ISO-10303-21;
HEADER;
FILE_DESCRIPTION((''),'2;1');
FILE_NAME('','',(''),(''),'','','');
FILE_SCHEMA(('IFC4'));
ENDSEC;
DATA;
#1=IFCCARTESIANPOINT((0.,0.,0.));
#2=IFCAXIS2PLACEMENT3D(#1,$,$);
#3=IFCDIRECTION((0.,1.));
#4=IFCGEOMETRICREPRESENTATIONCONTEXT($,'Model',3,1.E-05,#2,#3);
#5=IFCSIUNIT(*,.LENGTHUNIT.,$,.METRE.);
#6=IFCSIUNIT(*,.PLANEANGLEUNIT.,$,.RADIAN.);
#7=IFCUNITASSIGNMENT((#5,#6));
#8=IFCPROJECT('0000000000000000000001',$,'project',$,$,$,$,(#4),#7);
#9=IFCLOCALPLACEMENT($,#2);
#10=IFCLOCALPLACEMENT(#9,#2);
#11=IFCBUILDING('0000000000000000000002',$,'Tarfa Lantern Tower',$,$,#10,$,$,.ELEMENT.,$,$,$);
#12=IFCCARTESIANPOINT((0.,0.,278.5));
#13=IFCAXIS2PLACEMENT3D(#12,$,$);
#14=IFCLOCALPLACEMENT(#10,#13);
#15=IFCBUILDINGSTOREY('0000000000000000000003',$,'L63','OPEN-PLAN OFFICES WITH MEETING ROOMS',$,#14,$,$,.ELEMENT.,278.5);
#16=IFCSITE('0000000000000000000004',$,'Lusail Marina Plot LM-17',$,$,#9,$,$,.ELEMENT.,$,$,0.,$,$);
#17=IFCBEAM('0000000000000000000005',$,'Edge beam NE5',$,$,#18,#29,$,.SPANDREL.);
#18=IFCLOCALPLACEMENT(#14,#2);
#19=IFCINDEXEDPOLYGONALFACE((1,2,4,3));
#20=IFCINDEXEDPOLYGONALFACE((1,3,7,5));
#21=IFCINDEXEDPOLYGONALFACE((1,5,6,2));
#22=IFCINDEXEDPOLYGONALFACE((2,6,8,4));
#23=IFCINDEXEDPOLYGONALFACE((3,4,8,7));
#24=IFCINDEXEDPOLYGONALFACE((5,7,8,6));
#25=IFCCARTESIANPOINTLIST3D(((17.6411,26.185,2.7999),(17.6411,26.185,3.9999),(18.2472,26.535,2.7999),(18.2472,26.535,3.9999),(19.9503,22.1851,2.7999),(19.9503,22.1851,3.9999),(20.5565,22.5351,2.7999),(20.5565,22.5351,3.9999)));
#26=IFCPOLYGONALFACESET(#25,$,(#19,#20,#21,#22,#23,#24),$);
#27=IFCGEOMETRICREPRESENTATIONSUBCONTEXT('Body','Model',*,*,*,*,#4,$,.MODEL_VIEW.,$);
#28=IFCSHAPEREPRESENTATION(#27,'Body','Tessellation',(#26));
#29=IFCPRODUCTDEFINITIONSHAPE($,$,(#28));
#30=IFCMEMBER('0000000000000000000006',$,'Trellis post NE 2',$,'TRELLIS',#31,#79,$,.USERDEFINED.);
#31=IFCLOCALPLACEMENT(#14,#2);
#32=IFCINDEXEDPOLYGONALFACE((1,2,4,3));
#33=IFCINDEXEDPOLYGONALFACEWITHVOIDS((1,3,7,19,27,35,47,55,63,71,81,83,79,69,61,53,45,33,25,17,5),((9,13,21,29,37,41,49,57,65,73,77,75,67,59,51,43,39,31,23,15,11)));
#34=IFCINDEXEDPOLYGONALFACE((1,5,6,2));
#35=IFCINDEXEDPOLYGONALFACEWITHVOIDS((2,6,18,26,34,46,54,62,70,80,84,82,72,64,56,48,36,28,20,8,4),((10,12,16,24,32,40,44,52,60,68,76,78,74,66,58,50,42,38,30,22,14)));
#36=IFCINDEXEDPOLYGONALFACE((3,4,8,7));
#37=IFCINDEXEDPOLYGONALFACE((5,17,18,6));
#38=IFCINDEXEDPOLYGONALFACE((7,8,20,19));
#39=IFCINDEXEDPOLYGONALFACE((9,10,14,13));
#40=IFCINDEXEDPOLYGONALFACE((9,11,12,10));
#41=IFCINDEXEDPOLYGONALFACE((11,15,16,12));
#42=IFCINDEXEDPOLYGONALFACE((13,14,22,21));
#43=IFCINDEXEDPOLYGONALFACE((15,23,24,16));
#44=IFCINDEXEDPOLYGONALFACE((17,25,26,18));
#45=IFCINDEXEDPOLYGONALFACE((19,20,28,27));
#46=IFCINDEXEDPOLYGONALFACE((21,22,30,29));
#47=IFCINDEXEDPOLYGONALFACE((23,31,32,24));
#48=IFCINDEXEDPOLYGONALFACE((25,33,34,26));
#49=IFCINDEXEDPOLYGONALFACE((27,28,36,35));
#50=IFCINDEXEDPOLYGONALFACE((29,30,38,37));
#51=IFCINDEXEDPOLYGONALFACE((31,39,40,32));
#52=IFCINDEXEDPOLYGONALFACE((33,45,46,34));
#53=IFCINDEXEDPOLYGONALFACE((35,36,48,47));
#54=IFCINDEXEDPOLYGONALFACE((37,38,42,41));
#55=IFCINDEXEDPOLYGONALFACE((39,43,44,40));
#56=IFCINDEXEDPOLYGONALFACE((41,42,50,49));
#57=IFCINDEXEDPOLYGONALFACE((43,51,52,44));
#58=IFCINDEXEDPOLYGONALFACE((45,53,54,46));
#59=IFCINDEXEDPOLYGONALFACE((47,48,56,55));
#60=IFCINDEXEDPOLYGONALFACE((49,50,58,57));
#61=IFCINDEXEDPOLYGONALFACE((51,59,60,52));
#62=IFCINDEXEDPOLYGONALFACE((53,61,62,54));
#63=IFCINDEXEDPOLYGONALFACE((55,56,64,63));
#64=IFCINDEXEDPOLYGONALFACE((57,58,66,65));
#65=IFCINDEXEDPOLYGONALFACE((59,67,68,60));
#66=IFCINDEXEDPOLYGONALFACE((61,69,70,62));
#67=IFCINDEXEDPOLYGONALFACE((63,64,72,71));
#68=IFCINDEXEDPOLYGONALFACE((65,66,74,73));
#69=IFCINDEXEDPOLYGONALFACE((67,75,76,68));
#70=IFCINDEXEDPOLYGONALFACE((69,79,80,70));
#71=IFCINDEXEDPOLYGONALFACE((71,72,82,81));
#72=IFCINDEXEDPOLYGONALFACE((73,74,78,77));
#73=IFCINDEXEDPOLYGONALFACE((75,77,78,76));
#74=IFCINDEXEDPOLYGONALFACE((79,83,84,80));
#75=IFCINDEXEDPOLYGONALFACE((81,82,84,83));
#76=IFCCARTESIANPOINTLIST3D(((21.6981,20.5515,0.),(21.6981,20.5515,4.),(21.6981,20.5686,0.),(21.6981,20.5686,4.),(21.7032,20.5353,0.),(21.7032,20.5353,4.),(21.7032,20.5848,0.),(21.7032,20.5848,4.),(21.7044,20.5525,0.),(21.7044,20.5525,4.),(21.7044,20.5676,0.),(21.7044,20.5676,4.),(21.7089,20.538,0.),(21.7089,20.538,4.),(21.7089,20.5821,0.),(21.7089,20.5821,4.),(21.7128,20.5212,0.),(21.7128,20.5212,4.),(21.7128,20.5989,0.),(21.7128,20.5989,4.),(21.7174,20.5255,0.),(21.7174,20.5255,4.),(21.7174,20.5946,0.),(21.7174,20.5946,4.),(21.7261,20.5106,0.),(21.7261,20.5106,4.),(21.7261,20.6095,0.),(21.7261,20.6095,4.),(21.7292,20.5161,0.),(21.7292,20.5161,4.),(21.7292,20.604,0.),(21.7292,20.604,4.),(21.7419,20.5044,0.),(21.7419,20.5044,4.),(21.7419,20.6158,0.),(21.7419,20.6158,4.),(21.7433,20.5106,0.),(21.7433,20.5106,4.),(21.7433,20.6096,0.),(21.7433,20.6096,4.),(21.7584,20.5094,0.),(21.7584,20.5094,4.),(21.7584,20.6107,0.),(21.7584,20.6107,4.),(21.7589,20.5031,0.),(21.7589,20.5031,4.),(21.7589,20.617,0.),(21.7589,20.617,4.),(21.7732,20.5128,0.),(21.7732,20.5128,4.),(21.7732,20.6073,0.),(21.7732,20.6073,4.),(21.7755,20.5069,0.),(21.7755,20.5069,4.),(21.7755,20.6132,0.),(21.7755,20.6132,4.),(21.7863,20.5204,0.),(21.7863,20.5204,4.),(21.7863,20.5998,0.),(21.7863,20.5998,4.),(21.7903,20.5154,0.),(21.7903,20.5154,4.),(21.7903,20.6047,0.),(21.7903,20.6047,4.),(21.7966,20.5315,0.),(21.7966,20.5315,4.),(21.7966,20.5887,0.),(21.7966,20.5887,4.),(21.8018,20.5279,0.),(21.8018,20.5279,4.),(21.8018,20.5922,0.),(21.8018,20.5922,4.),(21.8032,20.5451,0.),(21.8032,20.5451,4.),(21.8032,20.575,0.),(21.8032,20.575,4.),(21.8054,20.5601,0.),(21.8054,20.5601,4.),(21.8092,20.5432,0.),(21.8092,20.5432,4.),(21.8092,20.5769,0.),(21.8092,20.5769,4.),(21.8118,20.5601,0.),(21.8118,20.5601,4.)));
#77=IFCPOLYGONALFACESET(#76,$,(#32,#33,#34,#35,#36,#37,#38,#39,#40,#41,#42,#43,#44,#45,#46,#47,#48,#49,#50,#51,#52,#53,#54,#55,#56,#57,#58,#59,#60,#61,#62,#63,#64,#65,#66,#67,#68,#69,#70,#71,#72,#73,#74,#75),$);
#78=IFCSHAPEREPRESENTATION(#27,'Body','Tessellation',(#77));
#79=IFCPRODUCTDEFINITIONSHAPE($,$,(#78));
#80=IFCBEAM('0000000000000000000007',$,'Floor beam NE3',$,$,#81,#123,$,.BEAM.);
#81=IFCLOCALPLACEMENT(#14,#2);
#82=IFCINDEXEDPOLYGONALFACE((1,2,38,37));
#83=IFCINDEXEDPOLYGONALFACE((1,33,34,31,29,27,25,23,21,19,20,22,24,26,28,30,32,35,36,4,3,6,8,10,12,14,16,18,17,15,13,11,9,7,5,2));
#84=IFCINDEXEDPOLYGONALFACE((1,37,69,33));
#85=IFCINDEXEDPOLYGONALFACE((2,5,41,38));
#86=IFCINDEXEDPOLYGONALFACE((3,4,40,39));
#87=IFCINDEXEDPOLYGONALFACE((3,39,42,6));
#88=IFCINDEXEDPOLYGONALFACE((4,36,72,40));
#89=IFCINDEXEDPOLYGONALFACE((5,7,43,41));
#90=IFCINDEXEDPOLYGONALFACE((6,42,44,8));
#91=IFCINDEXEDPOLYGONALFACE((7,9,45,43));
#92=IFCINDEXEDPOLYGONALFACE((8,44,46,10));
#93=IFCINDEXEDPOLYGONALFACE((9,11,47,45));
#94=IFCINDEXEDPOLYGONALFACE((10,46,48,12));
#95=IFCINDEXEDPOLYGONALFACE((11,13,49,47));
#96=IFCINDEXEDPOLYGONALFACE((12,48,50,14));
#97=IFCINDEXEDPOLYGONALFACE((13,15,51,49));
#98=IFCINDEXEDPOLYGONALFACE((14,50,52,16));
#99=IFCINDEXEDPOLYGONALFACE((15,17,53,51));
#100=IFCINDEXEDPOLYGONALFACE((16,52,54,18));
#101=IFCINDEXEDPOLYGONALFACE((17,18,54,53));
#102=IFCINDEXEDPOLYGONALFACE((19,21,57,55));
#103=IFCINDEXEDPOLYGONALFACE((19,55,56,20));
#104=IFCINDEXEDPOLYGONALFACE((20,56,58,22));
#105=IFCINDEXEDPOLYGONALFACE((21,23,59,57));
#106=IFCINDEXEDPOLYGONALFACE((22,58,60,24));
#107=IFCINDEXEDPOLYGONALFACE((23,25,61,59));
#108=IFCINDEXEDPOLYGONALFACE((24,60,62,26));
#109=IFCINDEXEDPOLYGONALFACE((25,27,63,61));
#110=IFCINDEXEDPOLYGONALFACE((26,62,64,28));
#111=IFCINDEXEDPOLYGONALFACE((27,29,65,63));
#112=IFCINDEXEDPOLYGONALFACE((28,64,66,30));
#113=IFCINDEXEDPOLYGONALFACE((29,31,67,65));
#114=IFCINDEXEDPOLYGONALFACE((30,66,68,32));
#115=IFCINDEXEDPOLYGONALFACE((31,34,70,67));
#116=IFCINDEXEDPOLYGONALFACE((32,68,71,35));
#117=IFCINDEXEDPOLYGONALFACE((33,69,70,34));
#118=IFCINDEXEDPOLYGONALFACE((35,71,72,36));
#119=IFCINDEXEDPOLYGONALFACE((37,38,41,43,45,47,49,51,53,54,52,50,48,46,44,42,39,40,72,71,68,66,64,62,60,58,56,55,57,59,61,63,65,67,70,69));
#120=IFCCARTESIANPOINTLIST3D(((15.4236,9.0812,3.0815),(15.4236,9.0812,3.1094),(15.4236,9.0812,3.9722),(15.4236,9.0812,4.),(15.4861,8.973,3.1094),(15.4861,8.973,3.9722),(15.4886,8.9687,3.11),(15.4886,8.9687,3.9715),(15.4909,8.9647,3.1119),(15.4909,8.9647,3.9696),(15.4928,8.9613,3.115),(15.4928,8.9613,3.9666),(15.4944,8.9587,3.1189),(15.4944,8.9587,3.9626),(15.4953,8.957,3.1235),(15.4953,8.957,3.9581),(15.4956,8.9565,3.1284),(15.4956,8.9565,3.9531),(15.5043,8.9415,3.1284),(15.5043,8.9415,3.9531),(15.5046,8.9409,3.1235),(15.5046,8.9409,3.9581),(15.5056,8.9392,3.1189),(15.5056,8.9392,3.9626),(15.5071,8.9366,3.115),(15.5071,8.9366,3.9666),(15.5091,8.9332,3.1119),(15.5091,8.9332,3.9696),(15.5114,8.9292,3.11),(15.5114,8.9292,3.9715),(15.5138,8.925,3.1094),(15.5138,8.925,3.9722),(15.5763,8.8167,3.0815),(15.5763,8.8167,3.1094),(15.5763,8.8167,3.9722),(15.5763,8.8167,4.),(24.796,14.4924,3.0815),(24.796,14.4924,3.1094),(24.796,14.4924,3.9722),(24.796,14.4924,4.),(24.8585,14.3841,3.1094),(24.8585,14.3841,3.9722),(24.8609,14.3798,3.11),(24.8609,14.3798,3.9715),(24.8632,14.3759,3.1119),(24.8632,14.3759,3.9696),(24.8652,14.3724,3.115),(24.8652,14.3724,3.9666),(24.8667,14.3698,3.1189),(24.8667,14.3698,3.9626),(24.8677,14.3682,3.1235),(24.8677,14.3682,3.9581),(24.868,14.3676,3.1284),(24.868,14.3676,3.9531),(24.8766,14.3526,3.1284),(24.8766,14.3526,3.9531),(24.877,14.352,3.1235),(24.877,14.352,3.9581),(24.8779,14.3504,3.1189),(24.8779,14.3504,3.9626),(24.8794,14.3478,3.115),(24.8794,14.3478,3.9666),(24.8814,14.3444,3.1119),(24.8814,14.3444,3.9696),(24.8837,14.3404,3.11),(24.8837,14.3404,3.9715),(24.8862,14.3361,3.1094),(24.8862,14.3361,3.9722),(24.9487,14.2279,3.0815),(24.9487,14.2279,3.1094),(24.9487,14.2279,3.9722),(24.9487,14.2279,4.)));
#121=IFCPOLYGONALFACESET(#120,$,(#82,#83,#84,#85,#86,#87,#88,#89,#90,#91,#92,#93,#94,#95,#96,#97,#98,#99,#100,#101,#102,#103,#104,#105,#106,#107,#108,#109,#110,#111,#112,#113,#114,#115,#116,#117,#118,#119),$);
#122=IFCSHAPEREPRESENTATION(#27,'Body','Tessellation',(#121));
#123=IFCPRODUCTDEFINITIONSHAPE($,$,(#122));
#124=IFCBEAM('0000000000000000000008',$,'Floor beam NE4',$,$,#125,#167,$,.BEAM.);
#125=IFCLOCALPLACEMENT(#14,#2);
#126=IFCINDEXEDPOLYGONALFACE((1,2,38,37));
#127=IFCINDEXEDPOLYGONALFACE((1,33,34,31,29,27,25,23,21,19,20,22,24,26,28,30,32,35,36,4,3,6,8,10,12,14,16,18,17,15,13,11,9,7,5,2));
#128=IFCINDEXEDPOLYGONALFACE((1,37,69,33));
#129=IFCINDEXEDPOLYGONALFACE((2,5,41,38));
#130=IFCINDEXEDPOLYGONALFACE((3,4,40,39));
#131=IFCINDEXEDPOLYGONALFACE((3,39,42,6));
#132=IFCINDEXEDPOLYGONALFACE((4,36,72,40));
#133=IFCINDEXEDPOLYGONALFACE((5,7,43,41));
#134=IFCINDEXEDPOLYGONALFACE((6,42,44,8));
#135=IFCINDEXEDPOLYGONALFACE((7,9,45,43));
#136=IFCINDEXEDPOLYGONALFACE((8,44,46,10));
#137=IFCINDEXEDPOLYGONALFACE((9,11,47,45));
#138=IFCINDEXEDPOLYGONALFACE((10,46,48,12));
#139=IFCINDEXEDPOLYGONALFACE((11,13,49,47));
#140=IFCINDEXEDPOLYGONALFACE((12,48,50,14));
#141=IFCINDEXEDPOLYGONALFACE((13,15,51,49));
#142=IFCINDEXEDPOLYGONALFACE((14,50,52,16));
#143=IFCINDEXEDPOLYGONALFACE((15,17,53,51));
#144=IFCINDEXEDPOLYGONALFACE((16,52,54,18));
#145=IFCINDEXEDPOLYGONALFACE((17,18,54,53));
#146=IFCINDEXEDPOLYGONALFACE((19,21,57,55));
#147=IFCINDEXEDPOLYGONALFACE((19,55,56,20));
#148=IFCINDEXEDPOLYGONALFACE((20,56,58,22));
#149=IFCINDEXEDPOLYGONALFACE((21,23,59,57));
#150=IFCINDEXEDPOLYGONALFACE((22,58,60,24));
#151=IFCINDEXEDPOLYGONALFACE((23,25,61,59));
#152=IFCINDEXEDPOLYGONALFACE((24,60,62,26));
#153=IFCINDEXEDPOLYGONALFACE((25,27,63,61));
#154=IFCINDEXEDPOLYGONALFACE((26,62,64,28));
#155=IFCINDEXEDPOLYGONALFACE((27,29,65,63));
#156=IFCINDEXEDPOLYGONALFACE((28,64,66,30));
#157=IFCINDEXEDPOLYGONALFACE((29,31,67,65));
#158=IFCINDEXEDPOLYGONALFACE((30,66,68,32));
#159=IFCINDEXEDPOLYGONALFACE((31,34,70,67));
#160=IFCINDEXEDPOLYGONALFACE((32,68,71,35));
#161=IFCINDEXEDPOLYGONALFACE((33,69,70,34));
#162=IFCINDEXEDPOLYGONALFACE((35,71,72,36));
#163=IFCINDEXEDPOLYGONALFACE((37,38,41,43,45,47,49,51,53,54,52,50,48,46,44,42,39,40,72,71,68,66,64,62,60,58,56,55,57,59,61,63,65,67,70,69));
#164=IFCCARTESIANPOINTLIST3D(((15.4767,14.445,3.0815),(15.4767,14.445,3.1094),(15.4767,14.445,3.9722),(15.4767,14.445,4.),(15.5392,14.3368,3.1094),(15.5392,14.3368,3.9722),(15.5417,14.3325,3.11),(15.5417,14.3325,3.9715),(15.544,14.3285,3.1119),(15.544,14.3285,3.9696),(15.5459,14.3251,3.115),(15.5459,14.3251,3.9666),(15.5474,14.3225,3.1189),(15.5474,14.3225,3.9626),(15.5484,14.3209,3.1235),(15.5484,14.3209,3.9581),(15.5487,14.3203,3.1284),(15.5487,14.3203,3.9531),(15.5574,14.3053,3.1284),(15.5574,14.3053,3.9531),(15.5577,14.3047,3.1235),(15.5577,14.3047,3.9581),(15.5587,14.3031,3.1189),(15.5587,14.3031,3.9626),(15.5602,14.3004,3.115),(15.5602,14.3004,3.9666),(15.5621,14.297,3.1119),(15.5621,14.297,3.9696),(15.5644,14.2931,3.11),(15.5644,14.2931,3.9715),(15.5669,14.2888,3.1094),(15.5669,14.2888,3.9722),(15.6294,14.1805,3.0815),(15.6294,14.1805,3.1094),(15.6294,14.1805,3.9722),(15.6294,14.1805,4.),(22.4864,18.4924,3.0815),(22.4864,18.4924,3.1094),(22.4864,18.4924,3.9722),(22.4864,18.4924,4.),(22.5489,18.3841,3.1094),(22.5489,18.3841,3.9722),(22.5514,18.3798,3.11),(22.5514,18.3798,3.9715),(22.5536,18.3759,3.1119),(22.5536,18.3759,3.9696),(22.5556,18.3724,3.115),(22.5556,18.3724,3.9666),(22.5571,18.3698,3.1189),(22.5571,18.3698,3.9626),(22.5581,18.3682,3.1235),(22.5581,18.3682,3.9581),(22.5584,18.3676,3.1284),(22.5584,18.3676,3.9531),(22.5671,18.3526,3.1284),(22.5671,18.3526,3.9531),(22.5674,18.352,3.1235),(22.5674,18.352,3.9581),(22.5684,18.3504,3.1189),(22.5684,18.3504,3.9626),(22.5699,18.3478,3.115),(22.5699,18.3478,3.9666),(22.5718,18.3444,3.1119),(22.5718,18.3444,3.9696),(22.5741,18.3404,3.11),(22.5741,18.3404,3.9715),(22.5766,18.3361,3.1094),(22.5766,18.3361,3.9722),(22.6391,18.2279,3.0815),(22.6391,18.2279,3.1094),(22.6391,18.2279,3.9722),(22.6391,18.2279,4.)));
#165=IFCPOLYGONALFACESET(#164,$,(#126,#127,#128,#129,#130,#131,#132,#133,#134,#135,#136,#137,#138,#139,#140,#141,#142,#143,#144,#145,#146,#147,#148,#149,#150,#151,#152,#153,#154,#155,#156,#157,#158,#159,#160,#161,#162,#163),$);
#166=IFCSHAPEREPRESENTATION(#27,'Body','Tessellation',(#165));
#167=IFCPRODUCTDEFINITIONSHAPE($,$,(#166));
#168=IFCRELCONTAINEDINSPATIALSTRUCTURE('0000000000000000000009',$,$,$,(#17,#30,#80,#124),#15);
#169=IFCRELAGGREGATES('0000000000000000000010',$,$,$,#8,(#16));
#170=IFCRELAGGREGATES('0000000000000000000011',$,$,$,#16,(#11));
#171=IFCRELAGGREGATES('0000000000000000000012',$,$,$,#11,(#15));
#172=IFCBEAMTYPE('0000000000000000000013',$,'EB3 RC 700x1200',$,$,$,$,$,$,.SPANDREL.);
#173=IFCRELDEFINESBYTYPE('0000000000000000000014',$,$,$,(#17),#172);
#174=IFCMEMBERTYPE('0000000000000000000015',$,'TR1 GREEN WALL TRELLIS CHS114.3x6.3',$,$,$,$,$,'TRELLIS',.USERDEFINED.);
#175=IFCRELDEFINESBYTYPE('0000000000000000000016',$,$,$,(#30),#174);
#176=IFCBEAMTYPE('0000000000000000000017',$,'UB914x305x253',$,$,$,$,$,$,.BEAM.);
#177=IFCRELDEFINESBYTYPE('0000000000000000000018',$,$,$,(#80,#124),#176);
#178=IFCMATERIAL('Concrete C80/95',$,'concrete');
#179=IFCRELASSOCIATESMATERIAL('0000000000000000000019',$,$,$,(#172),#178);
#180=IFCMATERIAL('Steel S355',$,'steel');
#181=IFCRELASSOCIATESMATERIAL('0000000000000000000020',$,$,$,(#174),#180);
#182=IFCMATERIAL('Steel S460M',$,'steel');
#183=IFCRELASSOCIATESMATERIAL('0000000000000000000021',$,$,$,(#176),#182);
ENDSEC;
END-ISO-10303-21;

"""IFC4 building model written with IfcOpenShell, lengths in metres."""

from ifc_helpers import new_model, si_unit, direction, frame, origin, origin_2d, place, context, subcontext, project, spatial, rectangle, hollow_circle, i_section, extrude, material, material_profile, profile_set, type_object, element, save


model = new_model("IFC4")

# Units and contexts
model_context = context("Model", 3, precision=1e-05, world=origin(), true_north=direction((0.0, 1.0)))
body_context = subcontext(model_context, "Body", "Model", "MODEL_VIEW")
ifc_project = project(units=[si_unit("LENGTHUNIT", "METRE"), si_unit("PLANEANGLEUNIT", "RADIAN")], contexts=[model_context])

# Site, building, storey
site_placement = place(None, origin())
site = spatial("IfcSite", under=ifc_project, at=site_placement, Name="Lusail Marina Plot LM-17", CompositionType="ELEMENT", RefElevation=0.0)
building_placement = place(site_placement, origin())
building = spatial("IfcBuilding", under=site, at=building_placement, Name="Tarfa Lantern Tower", CompositionType="ELEMENT")
storey_placement = place(building_placement, frame((0.0, 0.0, 278.5)))
storey = spatial("IfcBuildingStorey", under=building, at=storey_placement, Name="L63", Description="OPEN-PLAN OFFICES WITH MEETING ROOMS", CompositionType="ELEMENT", Elevation=278.5)

# Shared definitions
ifc_material_1 = material(Name="Concrete C80/95", Category="concrete")

# Beam
ifc_material_profile_1 = material_profile(ifc_material_1, rectangle(XDim=0.7, YDim=1.2, at=origin_2d()), Name="RC 700x1200")
ifc_profile_set_1 = profile_set([ifc_material_profile_1], Name="Concrete C80/95")
beam_type_1 = type_object("IfcBeamType", Name="EB3 RC 700x1200", PredefinedType="SPANDREL", material=ifc_profile_set_1)
for number, where, z_axis, x_axis, name in (
    (1, (20.2534, 22.3601, 3.3999), (-0.499988, 0.866032, 0.0), (-0.866032, -0.499988, 0.0), "Edge beam NE5"),
):
    element("IfcBeam", number, at=place(storey_placement, frame(where, z_axis=z_axis, x_axis=x_axis)), inside=storey, type_object=beam_type_1, Name=name, PredefinedType="SPANDREL", context=body_context, shape_type="SweptSolid", body=[
        extrude(rectangle(XDim=0.7, YDim=1.2, at=origin_2d()), origin(), (0.0, 0.0, 1.0), 4.6187),
    ])

# Member
ifc_material_2 = material(Name="Steel S355", Category="steel")
ifc_material_profile_2 = material_profile(ifc_material_2, hollow_circle(Radius=0.0571, WallThickness=0.0063, at=origin_2d()), Name="CHS114.3x6.3")
ifc_profile_set_2 = profile_set([ifc_material_profile_2], Name="Steel S355")
member_type_1 = type_object("IfcMemberType", Name="TR1 GREEN WALL TRELLIS CHS114.3x6.3", ElementType="TRELLIS", PredefinedType="USERDEFINED", material=ifc_profile_set_2)
member_1_placement = place(storey_placement, frame((21.7546, 20.5601, 0.0), z_axis=(0.0, 0.0, 1.0), x_axis=(1.0, 0.0, 0.0)))
element("IfcMember", 2, at=member_1_placement, inside=storey, type_object=member_type_1, Name="Trellis post NE 2", ObjectType="TRELLIS", PredefinedType="USERDEFINED", context=body_context, shape_type="SweptSolid", body=[
    extrude(hollow_circle(Radius=0.0571, WallThickness=0.0063, at=origin_2d()), origin(), (0.0, 0.0, 1.0), 4.0),
])

# Beams
ifc_material_3 = material(Name="Steel S460M", Category="steel")
ifc_material_profile_3 = material_profile(ifc_material_3, i_section(OverallWidth=0.3054, OverallDepth=0.9185, WebThickness=0.0173, FlangeThickness=0.0278, FilletRadius=0.019, at=origin_2d()), Name="UB914x305x253")
ifc_profile_set_3 = profile_set([ifc_material_profile_3], Name="Steel S460M")
beam_type_2 = type_object("IfcBeamType", Name="UB914x305x253", PredefinedType="BEAM", material=ifc_profile_set_3)
beam_1_placement = place(storey_placement, frame((24.8723, 14.3601, 3.5408), z_axis=(-0.866024, -0.500002, 0.0), x_axis=(0.500002, -0.866024, 0.0)))
element("IfcBeam", 3, at=beam_1_placement, inside=storey, type_object=beam_type_2, Name="Floor beam NE3", PredefinedType="BEAM", context=body_context, shape_type="SweptSolid", body=[
    extrude(i_section(OverallWidth=0.3054, OverallDepth=0.9185, WebThickness=0.0173, FlangeThickness=0.0278, FilletRadius=0.019, at=origin_2d()), origin(), (0.0, 0.0, 1.0), 10.8223),
])
beam_2_placement = place(storey_placement, frame((22.5627, 18.3601, 3.5408), z_axis=(-0.866011, -0.500025, 0.0), x_axis=(0.500025, -0.866011, 0.0)))
element("IfcBeam", 4, at=beam_2_placement, inside=storey, type_object=beam_type_2, Name="Floor beam NE4", PredefinedType="BEAM", context=body_context, shape_type="SweptSolid", body=[
    extrude(i_section(OverallWidth=0.3054, OverallDepth=0.9185, WebThickness=0.0173, FlangeThickness=0.0278, FilletRadius=0.019, at=origin_2d()), origin(), (0.0, 0.0, 1.0), 8.0942),
])

save(model, "model.ifc")
